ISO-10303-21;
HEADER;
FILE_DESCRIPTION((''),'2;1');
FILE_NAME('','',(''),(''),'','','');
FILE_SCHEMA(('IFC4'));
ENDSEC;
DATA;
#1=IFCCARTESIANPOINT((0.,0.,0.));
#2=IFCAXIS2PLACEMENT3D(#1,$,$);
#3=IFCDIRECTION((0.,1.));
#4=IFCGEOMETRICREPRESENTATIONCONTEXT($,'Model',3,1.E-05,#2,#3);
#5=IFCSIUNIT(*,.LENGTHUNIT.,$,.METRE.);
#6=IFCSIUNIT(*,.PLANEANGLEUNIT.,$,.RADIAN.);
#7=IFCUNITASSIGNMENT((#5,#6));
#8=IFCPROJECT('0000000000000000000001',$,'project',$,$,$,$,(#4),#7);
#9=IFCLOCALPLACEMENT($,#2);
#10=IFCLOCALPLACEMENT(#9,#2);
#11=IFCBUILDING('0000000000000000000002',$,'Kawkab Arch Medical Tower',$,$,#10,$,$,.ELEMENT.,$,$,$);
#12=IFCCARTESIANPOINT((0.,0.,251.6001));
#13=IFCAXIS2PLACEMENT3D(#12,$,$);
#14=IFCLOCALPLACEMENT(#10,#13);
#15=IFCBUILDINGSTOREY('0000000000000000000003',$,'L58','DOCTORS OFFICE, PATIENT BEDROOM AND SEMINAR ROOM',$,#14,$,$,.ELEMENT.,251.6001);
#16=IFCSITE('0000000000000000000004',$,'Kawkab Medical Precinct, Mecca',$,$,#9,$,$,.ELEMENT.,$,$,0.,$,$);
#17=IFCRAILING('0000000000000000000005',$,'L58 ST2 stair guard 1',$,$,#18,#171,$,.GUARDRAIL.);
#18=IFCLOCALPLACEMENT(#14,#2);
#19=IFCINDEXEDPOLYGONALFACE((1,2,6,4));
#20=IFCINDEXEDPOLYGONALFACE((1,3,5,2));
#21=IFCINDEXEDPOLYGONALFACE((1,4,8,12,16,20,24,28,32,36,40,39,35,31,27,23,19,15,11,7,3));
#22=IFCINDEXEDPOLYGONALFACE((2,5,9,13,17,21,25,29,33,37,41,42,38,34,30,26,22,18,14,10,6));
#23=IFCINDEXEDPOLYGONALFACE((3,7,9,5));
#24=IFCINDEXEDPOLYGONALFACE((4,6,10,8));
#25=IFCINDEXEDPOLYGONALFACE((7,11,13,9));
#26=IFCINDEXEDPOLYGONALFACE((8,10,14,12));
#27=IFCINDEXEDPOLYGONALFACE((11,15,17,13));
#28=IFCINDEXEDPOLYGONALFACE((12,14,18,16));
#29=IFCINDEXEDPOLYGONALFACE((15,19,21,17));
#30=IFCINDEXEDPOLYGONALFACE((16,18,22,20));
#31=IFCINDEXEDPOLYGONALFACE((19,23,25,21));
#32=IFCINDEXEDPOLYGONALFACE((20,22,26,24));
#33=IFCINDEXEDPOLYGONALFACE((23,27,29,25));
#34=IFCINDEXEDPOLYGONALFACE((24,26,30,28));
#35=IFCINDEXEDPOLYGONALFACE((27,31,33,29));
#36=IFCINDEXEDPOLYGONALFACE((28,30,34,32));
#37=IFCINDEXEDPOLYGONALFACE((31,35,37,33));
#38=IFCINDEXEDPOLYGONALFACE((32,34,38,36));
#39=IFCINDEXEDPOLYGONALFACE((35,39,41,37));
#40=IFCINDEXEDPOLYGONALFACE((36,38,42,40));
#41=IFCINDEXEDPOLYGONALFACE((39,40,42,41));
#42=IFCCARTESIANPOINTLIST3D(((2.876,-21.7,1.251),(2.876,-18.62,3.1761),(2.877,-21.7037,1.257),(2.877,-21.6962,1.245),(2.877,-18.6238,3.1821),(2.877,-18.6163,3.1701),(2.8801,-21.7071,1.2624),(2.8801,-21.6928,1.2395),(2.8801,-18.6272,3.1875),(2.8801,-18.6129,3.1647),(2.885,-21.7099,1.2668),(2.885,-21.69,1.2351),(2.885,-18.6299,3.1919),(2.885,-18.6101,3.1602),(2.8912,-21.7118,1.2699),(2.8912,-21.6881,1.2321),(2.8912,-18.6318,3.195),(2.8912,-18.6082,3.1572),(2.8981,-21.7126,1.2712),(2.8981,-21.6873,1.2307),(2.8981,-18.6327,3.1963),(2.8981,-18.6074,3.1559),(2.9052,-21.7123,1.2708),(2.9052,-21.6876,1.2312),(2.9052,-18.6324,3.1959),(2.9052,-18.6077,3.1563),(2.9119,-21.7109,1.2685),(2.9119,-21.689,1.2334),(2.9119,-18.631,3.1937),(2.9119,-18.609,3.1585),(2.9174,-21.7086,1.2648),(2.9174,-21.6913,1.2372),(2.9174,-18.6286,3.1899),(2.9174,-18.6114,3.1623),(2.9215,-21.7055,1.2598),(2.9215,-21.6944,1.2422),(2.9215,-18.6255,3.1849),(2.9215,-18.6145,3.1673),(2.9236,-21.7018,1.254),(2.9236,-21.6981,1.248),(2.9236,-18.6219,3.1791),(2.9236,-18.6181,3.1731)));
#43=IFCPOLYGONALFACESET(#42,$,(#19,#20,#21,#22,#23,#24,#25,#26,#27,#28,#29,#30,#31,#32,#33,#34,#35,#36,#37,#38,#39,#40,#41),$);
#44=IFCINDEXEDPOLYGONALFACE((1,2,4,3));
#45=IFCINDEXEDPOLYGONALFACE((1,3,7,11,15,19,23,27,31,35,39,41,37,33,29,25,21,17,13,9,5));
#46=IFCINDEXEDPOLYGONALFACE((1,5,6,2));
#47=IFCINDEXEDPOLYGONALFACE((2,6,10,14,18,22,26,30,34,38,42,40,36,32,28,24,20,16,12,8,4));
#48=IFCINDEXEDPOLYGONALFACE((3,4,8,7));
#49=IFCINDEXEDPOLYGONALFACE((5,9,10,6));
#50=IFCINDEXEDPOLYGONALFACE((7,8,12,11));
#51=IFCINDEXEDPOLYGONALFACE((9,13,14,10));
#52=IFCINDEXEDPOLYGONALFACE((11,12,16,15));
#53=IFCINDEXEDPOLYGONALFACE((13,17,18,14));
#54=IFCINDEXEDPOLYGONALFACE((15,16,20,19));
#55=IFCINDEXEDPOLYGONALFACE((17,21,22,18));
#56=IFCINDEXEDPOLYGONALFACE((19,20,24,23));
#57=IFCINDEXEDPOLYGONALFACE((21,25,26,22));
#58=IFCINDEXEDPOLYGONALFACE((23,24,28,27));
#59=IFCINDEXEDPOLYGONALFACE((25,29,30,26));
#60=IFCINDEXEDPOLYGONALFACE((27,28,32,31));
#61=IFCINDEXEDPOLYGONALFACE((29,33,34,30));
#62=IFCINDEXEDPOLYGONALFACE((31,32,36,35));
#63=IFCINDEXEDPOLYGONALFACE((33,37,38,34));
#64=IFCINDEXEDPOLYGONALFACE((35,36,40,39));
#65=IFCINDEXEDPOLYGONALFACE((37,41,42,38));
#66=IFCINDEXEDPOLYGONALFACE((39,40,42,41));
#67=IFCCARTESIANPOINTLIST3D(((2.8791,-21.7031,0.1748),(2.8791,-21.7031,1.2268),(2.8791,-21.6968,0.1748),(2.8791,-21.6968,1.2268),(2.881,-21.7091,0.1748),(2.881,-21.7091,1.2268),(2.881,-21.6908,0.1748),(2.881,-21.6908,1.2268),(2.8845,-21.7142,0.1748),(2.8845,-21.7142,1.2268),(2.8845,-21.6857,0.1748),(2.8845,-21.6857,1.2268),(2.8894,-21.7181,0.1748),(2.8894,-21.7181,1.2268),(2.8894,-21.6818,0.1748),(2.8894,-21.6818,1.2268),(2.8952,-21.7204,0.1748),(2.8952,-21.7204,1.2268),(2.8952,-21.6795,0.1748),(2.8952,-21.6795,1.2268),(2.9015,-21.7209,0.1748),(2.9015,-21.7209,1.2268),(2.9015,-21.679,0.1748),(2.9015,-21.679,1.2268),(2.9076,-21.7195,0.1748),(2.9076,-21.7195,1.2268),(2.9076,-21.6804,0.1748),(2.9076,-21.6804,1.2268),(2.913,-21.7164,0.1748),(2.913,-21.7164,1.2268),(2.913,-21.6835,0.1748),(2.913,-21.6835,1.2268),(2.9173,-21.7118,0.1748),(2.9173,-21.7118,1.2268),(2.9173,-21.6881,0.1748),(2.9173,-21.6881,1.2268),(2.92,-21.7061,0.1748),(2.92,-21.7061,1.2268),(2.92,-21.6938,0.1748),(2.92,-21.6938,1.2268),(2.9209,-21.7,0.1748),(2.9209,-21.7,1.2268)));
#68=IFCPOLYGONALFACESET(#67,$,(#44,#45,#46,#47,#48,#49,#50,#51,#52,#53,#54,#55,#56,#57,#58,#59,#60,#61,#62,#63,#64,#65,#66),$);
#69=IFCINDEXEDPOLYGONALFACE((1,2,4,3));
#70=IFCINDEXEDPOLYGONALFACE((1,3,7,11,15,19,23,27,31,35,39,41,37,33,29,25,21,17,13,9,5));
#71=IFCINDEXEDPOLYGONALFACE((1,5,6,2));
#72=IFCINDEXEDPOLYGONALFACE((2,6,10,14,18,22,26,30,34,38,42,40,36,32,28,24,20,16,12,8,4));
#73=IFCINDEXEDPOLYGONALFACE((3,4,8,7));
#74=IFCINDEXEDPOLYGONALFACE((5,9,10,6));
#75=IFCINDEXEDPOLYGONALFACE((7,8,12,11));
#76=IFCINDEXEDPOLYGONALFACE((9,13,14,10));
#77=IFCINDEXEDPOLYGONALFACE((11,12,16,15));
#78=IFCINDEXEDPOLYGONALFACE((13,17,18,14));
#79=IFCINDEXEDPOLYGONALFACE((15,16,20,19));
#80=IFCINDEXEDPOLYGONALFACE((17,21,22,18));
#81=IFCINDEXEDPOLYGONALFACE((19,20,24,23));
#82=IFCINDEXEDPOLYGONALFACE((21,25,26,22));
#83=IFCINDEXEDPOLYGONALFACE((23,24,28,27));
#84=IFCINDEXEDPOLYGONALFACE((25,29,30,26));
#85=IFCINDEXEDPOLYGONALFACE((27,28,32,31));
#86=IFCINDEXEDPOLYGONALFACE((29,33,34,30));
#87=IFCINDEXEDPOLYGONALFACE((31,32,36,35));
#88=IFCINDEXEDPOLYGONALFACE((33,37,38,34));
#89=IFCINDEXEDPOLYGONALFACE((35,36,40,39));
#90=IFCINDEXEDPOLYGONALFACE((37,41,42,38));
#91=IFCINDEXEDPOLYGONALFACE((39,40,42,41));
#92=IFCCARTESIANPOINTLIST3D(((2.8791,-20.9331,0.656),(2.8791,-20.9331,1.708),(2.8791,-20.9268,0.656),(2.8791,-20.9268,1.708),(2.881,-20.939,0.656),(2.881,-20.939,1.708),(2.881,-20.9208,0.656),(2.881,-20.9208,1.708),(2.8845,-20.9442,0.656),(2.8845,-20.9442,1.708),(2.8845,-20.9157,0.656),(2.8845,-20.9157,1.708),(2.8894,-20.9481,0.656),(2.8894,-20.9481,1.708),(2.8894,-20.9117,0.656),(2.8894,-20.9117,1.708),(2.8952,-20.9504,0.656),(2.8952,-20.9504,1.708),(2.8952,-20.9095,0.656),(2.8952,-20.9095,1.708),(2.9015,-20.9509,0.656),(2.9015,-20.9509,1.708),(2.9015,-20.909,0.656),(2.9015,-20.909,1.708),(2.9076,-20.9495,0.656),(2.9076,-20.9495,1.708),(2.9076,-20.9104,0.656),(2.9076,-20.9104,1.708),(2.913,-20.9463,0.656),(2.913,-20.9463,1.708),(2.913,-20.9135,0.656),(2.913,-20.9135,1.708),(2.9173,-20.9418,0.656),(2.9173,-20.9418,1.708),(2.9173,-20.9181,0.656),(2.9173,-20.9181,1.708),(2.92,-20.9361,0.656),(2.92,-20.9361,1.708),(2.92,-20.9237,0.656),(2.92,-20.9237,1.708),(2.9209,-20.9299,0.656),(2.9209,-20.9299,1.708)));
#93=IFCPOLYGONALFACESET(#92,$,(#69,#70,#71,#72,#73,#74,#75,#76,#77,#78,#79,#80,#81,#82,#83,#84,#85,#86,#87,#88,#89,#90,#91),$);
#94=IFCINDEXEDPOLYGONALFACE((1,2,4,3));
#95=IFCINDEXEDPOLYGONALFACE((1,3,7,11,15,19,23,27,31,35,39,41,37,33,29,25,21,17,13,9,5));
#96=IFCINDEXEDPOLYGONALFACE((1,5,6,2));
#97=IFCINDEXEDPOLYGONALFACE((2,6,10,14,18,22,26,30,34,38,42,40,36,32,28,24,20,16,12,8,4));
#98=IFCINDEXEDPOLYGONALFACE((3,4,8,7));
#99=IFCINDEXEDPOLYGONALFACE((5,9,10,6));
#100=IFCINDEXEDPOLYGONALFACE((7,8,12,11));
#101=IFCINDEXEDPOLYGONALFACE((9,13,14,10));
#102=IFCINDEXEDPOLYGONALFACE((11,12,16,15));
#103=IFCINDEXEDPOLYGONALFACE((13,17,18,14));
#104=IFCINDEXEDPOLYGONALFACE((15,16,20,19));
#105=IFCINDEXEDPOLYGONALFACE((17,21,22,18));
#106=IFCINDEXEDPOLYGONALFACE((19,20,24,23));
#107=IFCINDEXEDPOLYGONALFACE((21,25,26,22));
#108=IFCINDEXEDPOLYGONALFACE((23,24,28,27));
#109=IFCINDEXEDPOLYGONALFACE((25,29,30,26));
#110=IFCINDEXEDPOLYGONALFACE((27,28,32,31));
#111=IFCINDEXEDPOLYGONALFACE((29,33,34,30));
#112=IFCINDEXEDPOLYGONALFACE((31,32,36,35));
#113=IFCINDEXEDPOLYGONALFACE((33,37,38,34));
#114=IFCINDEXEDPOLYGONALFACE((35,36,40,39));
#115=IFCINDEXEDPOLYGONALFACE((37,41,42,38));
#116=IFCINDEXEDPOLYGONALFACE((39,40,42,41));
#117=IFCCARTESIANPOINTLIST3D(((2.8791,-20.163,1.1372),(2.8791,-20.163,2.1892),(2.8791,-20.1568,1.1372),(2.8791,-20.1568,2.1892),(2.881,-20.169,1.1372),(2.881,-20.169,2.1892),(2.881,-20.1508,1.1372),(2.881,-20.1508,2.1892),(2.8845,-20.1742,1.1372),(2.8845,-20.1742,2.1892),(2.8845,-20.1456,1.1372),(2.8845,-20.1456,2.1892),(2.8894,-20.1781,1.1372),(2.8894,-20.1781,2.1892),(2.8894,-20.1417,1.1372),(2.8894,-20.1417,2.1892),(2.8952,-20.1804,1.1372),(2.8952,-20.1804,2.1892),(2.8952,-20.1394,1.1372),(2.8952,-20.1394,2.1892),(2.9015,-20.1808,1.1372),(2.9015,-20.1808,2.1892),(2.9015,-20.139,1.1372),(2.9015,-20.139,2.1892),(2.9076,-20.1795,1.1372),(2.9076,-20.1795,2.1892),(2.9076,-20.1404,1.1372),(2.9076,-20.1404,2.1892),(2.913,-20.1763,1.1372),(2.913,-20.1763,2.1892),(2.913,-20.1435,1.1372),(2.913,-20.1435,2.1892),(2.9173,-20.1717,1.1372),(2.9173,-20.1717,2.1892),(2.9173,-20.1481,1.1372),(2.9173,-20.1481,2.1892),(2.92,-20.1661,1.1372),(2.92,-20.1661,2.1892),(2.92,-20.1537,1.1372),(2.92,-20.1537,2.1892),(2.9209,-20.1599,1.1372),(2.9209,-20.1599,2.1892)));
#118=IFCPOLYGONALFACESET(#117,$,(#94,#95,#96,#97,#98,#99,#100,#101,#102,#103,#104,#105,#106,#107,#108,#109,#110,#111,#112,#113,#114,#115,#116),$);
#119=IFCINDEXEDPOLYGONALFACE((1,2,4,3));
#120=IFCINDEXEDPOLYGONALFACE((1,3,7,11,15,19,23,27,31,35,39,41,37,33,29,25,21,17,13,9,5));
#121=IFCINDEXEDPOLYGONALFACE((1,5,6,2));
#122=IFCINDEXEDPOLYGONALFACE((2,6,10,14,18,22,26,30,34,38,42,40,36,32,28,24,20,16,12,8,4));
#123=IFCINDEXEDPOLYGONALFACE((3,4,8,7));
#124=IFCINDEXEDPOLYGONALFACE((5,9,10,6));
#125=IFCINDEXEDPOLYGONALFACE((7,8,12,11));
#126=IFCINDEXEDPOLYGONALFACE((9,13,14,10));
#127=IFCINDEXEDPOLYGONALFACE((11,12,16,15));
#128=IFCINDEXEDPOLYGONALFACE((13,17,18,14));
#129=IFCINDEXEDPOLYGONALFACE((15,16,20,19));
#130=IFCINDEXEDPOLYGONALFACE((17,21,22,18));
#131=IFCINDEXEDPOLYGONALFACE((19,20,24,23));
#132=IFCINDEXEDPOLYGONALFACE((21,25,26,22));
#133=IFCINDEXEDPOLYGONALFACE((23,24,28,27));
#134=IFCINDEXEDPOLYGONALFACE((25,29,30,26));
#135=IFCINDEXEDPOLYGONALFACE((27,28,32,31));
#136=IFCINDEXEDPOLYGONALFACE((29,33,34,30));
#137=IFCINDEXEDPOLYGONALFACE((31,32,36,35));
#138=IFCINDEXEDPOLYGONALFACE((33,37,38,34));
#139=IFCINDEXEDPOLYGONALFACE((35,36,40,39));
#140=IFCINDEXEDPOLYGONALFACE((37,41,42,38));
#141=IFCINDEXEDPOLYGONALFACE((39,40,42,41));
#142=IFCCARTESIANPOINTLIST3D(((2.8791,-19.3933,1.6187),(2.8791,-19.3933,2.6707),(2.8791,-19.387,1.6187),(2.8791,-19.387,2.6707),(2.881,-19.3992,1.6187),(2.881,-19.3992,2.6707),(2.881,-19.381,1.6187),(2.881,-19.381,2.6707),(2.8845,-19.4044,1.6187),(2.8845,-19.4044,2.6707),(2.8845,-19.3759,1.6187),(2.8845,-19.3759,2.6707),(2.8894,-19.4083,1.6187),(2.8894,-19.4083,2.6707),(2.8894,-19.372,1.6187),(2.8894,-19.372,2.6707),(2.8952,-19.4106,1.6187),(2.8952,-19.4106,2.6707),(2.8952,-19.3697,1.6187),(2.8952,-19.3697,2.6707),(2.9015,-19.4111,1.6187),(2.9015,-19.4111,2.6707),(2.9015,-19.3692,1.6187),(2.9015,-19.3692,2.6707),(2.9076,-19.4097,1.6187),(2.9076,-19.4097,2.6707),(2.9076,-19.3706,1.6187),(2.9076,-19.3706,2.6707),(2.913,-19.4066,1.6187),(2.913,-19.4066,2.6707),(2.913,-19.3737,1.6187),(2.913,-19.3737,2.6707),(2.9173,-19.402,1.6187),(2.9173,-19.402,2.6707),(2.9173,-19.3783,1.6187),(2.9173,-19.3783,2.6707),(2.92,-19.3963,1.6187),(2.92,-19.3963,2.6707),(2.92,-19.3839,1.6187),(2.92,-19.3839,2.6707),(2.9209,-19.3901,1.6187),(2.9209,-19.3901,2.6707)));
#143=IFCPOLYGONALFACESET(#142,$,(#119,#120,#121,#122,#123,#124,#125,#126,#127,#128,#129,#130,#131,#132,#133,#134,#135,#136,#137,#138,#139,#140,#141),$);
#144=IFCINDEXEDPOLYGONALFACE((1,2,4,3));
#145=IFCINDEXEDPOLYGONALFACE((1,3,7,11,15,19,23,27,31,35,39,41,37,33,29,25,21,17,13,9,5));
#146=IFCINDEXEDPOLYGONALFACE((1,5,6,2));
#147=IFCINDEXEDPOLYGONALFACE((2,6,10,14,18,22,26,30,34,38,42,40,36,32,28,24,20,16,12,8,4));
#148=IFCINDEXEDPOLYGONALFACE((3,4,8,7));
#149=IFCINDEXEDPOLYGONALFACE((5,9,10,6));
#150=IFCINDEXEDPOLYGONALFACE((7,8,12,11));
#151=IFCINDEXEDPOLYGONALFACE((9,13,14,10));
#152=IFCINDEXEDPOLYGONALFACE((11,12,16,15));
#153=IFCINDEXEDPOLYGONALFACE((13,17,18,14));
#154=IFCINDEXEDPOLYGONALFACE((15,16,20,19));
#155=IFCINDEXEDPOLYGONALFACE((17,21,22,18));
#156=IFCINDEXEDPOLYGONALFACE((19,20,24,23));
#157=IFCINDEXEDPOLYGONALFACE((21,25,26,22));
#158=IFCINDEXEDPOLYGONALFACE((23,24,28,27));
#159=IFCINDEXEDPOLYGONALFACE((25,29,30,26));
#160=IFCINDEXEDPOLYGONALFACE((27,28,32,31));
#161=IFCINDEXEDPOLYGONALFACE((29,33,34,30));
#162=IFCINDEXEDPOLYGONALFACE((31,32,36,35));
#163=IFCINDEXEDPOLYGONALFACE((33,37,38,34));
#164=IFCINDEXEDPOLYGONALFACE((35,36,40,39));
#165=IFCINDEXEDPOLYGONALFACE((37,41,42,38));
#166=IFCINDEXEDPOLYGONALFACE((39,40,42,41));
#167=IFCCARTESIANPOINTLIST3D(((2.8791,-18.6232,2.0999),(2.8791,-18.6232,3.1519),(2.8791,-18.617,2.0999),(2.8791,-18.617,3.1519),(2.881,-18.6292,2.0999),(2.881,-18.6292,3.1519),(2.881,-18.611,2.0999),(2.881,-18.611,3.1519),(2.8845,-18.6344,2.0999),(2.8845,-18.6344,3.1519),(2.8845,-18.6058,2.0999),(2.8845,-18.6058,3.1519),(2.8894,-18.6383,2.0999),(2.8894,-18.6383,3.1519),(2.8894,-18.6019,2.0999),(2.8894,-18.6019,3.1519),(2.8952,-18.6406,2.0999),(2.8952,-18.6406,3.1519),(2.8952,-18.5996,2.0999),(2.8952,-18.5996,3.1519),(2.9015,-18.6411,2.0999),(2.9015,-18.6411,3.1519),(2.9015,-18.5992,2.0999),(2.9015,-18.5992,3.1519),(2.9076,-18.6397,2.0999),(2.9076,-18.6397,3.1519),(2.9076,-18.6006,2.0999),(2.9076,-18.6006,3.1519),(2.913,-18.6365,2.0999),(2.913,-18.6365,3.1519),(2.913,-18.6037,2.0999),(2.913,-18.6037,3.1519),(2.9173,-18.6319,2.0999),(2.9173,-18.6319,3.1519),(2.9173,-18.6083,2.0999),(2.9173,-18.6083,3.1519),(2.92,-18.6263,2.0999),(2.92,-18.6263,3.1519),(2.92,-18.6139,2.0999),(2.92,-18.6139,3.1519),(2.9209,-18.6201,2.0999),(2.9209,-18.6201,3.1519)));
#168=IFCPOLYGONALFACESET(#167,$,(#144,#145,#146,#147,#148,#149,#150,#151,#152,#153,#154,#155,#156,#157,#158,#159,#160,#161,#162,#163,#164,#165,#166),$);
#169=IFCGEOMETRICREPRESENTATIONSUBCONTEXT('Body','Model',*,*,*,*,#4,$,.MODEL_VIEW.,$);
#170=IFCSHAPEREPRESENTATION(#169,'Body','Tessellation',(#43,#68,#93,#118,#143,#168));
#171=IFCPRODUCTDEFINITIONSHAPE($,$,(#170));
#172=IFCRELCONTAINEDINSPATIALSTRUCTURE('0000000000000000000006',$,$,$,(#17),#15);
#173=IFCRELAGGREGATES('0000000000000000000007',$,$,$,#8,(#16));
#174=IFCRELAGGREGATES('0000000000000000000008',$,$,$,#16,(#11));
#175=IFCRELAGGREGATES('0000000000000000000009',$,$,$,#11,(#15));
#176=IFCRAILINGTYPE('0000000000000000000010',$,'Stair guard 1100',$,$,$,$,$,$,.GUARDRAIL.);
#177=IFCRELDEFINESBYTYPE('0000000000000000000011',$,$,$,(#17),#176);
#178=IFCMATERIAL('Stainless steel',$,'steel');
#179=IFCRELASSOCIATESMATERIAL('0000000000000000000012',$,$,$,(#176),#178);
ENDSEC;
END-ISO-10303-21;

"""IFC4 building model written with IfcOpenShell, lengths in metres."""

from ifc_helpers import new_model, si_unit, direction, frame, origin, origin_2d, place, context, subcontext, project, spatial, circle, extrude, material, type_object, element, save


model = new_model("IFC4")

# Units and contexts
model_context = context("Model", 3, precision=1e-05, world=origin(), true_north=direction((0.0, 1.0)))
body_context = subcontext(model_context, "Body", "Model", "MODEL_VIEW")
ifc_project = project(units=[si_unit("LENGTHUNIT", "METRE"), si_unit("PLANEANGLEUNIT", "RADIAN")], contexts=[model_context])

# Site, building, storey
site_placement = place(None, origin())
site = spatial("IfcSite", under=ifc_project, at=site_placement, Name="Kawkab Medical Precinct, Mecca", CompositionType="ELEMENT", RefElevation=0.0)
building_placement = place(site_placement, origin())
building = spatial("IfcBuilding", under=site, at=building_placement, Name="Kawkab Arch Medical Tower", CompositionType="ELEMENT")
storey_placement = place(building_placement, frame((0.0, 0.0, 251.6001)))
storey = spatial("IfcBuildingStorey", under=building, at=storey_placement, Name="L58", Description="DOCTORS OFFICE, PATIENT BEDROOM AND SEMINAR ROOM", CompositionType="ELEMENT", Elevation=251.6001)

# Railing
ifc_material_1 = material(Name="Stainless steel", Category="steel")
railing_type = type_object("IfcRailingType", Name="Stair guard 1100", PredefinedType="GUARDRAIL", material=ifc_material_1)
railing_placement = place(storey_placement, frame((2.8999, -21.7, 0.1748)))
element("IfcRailing", 1, at=railing_placement, inside=storey, type_object=railing_type, Name="L58 ST2 stair guard 1", PredefinedType="GUARDRAIL", context=body_context, shape_type="SweptSolid", body=[
    extrude(circle(Radius=0.0239, at=origin_2d()), frame((0.0, 0.0, 1.0762), z_axis=(0.0, 0.847979, 0.530029), x_axis=(-1.0, 0.0, 0.0)), (0.0, 0.0, 1.0), 3.6321),
    extrude(circle(Radius=0.021, at=origin_2d()), origin(), (0.0, 0.0, 1.0), 1.052),
    extrude(circle(Radius=0.021, at=origin_2d()), frame((0.0, 0.77, 0.4812)), (0.0, 0.0, 1.0), 1.052),
    extrude(circle(Radius=0.021, at=origin_2d()), frame((0.0, 1.54, 0.9624)), (0.0, 0.0, 1.0), 1.052),
    extrude(circle(Radius=0.021, at=origin_2d()), frame((0.0, 2.3098, 1.4438)), (0.0, 0.0, 1.0), 1.052),
    extrude(circle(Radius=0.021, at=origin_2d()), frame((0.0, 3.0798, 1.925)), (0.0, 0.0, 1.0), 1.052),
])

save(model, "model.ifc")
